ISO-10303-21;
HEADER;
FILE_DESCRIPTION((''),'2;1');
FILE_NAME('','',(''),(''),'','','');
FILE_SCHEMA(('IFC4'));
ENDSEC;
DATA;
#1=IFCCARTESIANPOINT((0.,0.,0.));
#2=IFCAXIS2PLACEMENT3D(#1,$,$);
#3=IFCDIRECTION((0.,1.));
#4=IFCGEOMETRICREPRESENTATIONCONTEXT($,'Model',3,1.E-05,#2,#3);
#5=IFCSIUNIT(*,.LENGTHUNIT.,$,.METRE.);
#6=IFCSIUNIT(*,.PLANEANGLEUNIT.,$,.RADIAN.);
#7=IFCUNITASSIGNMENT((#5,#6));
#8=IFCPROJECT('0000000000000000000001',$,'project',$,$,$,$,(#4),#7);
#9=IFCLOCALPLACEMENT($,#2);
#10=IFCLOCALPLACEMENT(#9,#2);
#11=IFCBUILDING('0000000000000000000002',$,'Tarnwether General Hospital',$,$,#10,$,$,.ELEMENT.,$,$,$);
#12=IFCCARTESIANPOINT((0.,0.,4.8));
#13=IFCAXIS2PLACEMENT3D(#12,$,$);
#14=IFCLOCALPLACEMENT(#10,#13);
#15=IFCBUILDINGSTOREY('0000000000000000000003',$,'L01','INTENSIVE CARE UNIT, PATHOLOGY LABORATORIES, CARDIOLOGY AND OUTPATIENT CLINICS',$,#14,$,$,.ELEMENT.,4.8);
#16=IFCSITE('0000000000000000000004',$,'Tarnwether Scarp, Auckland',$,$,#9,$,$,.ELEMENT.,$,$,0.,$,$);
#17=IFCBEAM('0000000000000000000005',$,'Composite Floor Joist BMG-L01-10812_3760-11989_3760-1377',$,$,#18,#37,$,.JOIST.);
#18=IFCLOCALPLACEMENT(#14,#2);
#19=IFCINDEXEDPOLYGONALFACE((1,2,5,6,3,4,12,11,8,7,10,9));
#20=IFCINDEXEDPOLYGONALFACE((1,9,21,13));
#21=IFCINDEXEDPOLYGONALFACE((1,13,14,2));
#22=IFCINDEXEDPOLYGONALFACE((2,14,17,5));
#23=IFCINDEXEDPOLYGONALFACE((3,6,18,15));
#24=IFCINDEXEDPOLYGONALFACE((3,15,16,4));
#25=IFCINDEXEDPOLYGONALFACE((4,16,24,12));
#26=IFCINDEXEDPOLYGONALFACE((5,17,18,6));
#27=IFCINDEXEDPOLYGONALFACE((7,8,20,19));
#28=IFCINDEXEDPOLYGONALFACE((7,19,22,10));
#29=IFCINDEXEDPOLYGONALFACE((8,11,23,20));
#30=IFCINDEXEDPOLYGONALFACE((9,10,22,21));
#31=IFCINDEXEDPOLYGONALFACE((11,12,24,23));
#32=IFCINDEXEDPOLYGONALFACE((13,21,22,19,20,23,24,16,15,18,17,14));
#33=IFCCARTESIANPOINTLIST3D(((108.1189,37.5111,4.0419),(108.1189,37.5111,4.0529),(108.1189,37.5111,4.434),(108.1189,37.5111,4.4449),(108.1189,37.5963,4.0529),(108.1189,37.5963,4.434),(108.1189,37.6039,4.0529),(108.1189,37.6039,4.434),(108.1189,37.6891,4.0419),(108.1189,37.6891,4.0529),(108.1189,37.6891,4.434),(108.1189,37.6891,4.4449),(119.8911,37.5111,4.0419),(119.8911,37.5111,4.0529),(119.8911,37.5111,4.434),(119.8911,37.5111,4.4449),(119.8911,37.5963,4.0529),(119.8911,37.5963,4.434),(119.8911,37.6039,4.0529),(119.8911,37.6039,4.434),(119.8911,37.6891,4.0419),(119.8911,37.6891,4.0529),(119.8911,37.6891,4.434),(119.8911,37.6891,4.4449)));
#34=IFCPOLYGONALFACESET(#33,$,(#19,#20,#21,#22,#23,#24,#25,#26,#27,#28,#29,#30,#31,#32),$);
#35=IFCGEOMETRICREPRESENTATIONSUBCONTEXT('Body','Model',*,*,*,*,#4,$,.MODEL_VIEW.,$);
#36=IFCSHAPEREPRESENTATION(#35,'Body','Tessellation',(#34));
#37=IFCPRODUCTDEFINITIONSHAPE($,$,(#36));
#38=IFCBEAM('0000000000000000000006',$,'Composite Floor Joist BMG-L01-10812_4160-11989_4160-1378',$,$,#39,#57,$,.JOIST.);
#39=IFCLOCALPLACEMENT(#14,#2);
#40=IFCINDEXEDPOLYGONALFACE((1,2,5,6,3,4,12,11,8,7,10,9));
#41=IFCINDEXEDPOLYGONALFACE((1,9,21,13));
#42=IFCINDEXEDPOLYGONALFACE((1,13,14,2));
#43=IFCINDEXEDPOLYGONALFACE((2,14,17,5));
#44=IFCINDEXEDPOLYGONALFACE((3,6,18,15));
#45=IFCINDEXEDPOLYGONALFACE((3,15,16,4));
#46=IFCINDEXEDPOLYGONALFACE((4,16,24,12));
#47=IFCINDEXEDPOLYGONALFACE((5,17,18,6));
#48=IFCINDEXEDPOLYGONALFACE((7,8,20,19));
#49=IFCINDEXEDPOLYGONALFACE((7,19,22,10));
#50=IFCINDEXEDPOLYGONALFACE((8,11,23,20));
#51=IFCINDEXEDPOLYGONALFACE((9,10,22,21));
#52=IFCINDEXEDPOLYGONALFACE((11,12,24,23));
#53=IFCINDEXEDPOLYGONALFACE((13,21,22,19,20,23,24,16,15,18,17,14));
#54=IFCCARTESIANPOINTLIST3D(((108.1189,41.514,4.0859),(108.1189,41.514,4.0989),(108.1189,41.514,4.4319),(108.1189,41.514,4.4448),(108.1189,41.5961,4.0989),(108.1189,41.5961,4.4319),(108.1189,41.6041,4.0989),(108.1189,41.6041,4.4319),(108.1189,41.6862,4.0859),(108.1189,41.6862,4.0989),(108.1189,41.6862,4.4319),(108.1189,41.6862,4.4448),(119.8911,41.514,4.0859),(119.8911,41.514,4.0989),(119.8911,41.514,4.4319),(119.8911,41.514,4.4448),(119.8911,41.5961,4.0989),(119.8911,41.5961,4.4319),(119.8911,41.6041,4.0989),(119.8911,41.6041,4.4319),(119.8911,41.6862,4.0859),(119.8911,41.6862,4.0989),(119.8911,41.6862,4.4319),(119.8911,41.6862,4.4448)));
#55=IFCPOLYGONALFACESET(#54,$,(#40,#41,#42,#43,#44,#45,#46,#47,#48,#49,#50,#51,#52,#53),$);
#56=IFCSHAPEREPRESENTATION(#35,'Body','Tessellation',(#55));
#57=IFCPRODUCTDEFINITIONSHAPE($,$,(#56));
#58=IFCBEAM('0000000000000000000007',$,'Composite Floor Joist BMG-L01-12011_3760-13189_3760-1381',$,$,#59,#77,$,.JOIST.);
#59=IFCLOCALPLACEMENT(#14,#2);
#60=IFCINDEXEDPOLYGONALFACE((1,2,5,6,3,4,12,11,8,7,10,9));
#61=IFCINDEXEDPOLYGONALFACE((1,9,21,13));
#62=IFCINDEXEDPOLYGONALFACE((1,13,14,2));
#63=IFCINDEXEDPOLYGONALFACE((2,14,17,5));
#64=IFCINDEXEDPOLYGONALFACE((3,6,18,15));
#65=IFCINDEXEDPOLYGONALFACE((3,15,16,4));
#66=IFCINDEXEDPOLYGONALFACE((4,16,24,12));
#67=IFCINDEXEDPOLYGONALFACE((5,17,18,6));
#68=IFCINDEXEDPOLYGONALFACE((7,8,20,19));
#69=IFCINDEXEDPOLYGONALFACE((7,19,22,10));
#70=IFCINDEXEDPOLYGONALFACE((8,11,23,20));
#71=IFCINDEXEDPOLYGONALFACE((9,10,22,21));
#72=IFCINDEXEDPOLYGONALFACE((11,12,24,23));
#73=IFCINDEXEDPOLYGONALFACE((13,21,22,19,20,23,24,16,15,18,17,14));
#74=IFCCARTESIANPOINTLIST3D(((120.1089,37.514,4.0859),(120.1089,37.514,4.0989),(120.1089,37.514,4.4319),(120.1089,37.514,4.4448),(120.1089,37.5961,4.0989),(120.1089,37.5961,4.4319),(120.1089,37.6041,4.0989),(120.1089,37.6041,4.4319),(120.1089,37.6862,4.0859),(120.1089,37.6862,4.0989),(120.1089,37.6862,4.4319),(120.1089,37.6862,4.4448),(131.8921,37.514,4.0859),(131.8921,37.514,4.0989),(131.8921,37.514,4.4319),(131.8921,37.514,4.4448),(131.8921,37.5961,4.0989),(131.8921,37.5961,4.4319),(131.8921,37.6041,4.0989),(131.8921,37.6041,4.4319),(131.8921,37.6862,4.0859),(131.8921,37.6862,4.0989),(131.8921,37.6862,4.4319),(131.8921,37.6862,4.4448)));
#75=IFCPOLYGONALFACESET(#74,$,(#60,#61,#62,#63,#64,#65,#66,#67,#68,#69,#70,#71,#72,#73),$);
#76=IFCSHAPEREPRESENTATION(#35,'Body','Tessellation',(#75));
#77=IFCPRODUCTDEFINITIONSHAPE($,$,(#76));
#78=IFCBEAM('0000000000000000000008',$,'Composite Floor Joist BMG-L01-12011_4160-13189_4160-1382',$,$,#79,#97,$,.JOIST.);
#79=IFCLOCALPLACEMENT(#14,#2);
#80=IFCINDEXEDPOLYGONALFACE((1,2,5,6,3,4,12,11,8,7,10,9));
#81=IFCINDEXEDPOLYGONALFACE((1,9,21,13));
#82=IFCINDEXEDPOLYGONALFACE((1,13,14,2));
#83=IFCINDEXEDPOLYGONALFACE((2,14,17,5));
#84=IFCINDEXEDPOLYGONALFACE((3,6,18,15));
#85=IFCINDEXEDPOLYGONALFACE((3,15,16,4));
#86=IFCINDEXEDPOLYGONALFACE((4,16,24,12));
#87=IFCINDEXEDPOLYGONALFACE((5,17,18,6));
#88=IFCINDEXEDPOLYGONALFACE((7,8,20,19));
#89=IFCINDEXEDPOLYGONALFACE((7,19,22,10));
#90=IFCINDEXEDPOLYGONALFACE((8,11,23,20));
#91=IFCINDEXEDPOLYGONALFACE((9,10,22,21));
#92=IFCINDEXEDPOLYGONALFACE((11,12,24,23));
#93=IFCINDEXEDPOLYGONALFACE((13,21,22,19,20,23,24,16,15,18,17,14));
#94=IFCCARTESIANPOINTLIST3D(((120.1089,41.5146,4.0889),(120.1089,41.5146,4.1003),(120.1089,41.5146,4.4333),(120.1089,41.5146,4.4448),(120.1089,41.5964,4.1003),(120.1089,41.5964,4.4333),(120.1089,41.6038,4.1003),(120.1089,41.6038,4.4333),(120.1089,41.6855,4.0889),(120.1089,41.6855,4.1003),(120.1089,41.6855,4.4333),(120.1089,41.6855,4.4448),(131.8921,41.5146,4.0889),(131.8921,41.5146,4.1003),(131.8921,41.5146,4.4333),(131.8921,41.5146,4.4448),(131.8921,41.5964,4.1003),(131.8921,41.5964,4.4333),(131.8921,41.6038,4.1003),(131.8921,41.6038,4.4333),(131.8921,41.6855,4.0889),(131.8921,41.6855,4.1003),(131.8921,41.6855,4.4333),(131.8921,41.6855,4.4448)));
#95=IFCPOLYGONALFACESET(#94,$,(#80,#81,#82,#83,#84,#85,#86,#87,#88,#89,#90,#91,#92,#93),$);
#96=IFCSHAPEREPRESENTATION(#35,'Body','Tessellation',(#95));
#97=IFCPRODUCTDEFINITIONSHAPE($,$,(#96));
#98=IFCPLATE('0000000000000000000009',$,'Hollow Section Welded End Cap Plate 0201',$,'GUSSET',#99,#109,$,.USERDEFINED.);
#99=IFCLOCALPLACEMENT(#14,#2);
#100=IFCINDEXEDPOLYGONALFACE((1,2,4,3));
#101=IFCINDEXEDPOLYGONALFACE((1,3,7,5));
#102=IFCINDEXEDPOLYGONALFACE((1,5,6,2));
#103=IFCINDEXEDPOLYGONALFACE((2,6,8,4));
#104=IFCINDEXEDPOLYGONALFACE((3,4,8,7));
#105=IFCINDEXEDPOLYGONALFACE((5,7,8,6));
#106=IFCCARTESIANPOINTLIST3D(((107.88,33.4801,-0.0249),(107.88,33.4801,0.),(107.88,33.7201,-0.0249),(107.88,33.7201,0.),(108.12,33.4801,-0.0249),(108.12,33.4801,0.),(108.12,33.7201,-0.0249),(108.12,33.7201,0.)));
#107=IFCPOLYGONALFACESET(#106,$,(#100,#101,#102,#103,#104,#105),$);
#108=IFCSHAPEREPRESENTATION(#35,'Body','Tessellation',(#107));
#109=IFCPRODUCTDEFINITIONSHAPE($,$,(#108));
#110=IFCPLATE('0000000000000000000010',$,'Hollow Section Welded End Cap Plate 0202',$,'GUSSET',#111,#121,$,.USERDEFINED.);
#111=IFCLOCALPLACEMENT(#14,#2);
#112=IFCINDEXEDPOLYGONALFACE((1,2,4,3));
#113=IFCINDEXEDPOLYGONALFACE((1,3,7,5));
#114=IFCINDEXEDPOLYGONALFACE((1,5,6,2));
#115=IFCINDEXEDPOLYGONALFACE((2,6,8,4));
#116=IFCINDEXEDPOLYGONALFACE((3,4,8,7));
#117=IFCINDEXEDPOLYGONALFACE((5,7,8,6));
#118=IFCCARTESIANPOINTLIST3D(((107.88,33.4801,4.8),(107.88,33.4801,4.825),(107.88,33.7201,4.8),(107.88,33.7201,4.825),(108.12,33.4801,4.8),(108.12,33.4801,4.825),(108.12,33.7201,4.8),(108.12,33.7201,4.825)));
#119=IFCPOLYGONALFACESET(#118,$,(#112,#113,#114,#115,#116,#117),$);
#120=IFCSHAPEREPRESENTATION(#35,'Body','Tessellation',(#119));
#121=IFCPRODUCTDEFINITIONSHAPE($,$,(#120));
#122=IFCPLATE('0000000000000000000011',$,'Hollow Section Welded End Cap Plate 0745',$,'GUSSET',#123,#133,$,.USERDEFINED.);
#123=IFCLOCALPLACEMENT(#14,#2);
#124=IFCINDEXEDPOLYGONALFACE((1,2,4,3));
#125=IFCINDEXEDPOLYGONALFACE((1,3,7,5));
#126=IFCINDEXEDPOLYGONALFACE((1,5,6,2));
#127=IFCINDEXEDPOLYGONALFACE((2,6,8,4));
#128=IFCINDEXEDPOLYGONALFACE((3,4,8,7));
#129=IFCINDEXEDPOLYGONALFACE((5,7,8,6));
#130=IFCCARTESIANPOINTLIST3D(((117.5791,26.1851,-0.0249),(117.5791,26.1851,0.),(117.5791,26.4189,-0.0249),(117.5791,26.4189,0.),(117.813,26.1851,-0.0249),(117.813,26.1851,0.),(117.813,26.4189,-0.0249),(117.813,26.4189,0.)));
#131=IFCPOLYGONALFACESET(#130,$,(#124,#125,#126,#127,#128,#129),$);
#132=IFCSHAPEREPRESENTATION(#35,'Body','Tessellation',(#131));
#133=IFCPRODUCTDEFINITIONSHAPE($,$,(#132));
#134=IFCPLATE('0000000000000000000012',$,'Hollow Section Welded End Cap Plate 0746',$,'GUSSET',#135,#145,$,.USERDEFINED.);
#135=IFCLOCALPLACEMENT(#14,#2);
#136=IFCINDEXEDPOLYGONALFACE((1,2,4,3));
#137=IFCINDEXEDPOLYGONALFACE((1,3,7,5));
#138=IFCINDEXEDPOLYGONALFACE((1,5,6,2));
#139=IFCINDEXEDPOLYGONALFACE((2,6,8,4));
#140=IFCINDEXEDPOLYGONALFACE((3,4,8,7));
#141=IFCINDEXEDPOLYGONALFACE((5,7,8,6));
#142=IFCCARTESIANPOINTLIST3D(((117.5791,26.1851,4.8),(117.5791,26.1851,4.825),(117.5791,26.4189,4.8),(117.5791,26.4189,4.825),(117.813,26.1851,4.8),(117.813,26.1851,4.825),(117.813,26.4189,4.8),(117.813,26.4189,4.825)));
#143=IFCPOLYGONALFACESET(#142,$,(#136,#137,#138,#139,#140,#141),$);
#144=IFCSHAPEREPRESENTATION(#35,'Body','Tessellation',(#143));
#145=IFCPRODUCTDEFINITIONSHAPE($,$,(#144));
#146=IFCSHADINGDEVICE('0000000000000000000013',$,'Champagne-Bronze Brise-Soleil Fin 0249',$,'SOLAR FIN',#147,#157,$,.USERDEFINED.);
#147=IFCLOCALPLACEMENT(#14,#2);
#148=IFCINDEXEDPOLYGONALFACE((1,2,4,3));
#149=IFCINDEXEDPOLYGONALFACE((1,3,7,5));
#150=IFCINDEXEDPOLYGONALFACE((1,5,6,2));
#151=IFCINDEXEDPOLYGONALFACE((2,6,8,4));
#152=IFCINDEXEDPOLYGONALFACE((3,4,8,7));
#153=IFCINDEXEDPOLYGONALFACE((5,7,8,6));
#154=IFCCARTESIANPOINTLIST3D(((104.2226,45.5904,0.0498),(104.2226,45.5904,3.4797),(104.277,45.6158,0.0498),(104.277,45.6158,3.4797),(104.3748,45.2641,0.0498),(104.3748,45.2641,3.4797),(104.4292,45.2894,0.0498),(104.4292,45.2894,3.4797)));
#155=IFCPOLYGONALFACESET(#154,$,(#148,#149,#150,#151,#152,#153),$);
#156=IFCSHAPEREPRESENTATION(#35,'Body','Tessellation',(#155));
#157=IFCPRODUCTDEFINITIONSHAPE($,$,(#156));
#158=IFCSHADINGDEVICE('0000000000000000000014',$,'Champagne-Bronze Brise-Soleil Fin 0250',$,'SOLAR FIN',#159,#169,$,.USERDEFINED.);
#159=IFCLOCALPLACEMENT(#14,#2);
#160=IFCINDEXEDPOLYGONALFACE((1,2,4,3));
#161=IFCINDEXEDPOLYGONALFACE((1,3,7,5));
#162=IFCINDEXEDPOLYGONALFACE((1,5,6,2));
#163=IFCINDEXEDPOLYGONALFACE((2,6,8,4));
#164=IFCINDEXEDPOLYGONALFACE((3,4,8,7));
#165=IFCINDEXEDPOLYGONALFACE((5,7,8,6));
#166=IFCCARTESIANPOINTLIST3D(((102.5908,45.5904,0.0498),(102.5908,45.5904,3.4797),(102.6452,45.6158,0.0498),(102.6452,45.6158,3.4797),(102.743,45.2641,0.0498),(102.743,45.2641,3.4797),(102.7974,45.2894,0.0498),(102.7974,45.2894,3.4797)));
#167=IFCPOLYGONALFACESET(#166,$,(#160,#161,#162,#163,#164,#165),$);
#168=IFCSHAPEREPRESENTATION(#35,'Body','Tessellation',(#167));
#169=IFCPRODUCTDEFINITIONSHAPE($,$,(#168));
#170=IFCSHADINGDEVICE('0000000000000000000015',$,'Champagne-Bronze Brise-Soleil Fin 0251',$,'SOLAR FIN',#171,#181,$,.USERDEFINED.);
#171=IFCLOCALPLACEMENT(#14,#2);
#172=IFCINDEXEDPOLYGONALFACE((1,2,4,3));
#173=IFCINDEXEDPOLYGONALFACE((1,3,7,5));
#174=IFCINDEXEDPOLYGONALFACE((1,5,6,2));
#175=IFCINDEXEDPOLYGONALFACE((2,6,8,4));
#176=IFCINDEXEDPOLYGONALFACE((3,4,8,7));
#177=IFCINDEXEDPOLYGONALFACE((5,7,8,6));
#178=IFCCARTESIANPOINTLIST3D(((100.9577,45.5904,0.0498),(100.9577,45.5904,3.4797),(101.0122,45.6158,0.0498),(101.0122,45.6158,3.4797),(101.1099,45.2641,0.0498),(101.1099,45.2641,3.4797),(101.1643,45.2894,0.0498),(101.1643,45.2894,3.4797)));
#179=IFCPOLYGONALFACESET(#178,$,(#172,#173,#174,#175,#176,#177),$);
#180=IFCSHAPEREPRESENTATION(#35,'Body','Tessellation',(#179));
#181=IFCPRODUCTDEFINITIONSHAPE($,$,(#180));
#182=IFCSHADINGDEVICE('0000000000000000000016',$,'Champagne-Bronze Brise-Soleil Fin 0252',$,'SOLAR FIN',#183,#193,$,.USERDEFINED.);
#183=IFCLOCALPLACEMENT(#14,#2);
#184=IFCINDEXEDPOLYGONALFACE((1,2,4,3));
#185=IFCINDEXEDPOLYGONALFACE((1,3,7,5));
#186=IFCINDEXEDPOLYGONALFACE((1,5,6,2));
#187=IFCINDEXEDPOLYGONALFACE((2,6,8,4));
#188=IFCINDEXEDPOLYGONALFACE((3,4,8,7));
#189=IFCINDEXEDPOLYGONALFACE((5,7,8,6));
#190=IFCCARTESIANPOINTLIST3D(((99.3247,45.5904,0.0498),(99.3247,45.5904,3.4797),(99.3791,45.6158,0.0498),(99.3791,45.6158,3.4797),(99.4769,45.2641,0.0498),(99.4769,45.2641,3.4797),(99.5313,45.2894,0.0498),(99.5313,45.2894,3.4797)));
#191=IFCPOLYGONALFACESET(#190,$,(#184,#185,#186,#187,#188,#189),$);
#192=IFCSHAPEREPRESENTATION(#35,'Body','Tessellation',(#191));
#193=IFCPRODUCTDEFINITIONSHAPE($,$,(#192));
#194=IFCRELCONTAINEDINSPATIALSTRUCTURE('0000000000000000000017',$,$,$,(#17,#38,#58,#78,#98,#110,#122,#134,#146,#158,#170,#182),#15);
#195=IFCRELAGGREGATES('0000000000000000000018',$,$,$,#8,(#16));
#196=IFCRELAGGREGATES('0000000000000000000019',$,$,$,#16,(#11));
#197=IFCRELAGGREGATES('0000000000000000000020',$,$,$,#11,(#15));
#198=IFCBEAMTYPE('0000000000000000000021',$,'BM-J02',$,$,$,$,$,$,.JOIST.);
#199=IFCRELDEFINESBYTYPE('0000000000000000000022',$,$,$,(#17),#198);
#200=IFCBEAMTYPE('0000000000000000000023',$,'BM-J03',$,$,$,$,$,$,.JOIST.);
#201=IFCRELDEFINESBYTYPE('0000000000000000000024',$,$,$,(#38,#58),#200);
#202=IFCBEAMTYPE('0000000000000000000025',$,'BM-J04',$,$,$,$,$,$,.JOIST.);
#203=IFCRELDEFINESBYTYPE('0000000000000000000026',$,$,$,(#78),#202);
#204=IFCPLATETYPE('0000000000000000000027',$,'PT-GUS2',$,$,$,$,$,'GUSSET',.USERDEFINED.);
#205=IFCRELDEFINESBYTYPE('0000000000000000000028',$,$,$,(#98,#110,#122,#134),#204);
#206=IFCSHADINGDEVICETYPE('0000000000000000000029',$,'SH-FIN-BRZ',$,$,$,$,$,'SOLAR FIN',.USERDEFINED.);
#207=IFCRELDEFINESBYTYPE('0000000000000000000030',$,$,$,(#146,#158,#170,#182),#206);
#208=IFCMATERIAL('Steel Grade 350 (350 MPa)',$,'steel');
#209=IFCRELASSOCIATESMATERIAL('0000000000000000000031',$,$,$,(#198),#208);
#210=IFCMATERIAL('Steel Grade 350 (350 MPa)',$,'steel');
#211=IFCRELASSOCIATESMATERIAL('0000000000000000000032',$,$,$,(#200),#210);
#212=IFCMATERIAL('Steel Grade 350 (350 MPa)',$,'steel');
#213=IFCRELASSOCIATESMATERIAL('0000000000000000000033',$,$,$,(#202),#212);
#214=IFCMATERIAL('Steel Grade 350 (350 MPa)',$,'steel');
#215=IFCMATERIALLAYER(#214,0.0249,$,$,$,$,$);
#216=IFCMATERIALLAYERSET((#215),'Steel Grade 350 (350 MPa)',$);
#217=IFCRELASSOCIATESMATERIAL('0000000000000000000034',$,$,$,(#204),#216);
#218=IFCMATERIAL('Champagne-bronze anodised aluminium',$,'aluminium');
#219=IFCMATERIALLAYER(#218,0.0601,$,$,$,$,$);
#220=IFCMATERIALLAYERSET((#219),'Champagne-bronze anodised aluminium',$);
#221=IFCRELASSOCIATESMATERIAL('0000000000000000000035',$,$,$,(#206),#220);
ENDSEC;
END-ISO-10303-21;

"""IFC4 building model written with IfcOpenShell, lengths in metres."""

from ifc_helpers import new_model, si_unit, direction, frame, origin, origin_2d, place, context, subcontext, project, spatial, rectangle, i_section, extrude, material, layer, layer_set, material_profile, profile_set, type_object, element, save


model = new_model("IFC4")

# Units and contexts
model_context = context("Model", 3, precision=1e-05, world=origin(), true_north=direction((0.0, 1.0)))
body_context = subcontext(model_context, "Body", "Model", "MODEL_VIEW")
ifc_project = project(units=[si_unit("LENGTHUNIT", "METRE"), si_unit("PLANEANGLEUNIT", "RADIAN")], contexts=[model_context])

# Site, building, storey
site_placement = place(None, origin())
site = spatial("IfcSite", under=ifc_project, at=site_placement, Name="Tarnwether Scarp, Auckland", CompositionType="ELEMENT", RefElevation=0.0)
building_placement = place(site_placement, origin())
building = spatial("IfcBuilding", under=site, at=building_placement, Name="Tarnwether General Hospital", CompositionType="ELEMENT")
storey_placement = place(building_placement, frame((0.0, 0.0, 4.8)))
storey = spatial("IfcBuildingStorey", under=building, at=storey_placement, Name="L01", Description="INTENSIVE CARE UNIT, PATHOLOGY LABORATORIES, CARDIOLOGY AND OUTPATIENT CLINICS", CompositionType="ELEMENT", Elevation=4.8)

# Beams
ifc_material_1 = material(Name="Steel Grade 350 (350 MPa)", Category="steel")
ifc_material_profile_1 = material_profile(ifc_material_1, i_section(OverallWidth=0.178, OverallDepth=0.4031, WebThickness=0.0076, FlangeThickness=0.011, at=origin_2d()), Name="410UB53.7")
ifc_profile_set_1 = profile_set([ifc_material_profile_1], Name="Steel Grade 350 (350 MPa)")
beam_type_1 = type_object("IfcBeamType", Name="BM-J02", PredefinedType="JOIST", material=ifc_profile_set_1)
beam_1_placement = place(storey_placement, frame((108.1189, 37.6001, 4.2434), z_axis=(1.0, 0.0, 0.0), x_axis=(0.0, 1.0, 0.0)))
element("IfcBeam", 1, at=beam_1_placement, inside=storey, type_object=beam_type_1, Name="Composite Floor Joist BMG-L01-10812_3760-11989_3760-1377", PredefinedType="JOIST", context=body_context, shape_type="SweptSolid", body=[
    extrude(i_section(OverallWidth=0.178, OverallDepth=0.4031, WebThickness=0.0076, FlangeThickness=0.011, at=origin_2d()), origin(), (0.0, 0.0, 1.0), 11.7722),
])
ifc_material_2 = material(Name="Steel Grade 350 (350 MPa)", Category="steel")
ifc_material_profile_2 = material_profile(ifc_material_2, i_section(OverallWidth=0.1721, OverallDepth=0.3589, WebThickness=0.0081, FlangeThickness=0.0129, at=origin_2d()), Name="360UB56.7")
ifc_profile_set_2 = profile_set([ifc_material_profile_2], Name="Steel Grade 350 (350 MPa)")
beam_type_2 = type_object("IfcBeamType", Name="BM-J03", PredefinedType="JOIST", material=ifc_profile_set_2)
beam_2_placement = place(storey_placement, frame((108.1189, 41.6001, 4.2654), z_axis=(1.0, 0.0, 0.0), x_axis=(0.0, 1.0, 0.0)))
element("IfcBeam", 2, at=beam_2_placement, inside=storey, type_object=beam_type_2, Name="Composite Floor Joist BMG-L01-10812_4160-11989_4160-1378", PredefinedType="JOIST", context=body_context, shape_type="SweptSolid", body=[
    extrude(i_section(OverallWidth=0.1721, OverallDepth=0.3589, WebThickness=0.0081, FlangeThickness=0.0129, at=origin_2d()), origin(), (0.0, 0.0, 1.0), 11.7722),
])
beam_3_placement = place(storey_placement, frame((120.1089, 37.6001, 4.2654), z_axis=(1.0, 0.0, 0.0), x_axis=(0.0, 1.0, 0.0)))
element("IfcBeam", 3, at=beam_3_placement, inside=storey, type_object=beam_type_2, Name="Composite Floor Joist BMG-L01-12011_3760-13189_3760-1381", PredefinedType="JOIST", context=body_context, shape_type="SweptSolid", body=[
    extrude(i_section(OverallWidth=0.1721, OverallDepth=0.3589, WebThickness=0.0081, FlangeThickness=0.0129, at=origin_2d()), origin(), (0.0, 0.0, 1.0), 11.7832),
])
ifc_material_3 = material(Name="Steel Grade 350 (350 MPa)", Category="steel")
ifc_material_profile_3 = material_profile(ifc_material_3, i_section(OverallWidth=0.1709, OverallDepth=0.356, WebThickness=0.0073, FlangeThickness=0.0115, at=origin_2d()), Name="360UB50.7")
ifc_profile_set_3 = profile_set([ifc_material_profile_3], Name="Steel Grade 350 (350 MPa)")
beam_type_3 = type_object("IfcBeamType", Name="BM-J04", PredefinedType="JOIST", material=ifc_profile_set_3)
beam_4_placement = place(storey_placement, frame((120.1089, 41.6001, 4.2668), z_axis=(1.0, 0.0, 0.0), x_axis=(0.0, 1.0, 0.0)))
element("IfcBeam", 4, at=beam_4_placement, inside=storey, type_object=beam_type_3, Name="Composite Floor Joist BMG-L01-12011_4160-13189_4160-1382", PredefinedType="JOIST", context=body_context, shape_type="SweptSolid", body=[
    extrude(i_section(OverallWidth=0.1709, OverallDepth=0.356, WebThickness=0.0073, FlangeThickness=0.0115, at=origin_2d()), origin(), (0.0, 0.0, 1.0), 11.7832),
])

# Plates
ifc_material_4 = material(Name="Steel Grade 350 (350 MPa)", Category="steel")
ifc_layer_1 = layer(ifc_material_4, 0.0249)
ifc_layer_set_1 = layer_set([ifc_layer_1], Name="Steel Grade 350 (350 MPa)")
plate_type = type_object("IfcPlateType", Name="PT-GUS2", ElementType="GUSSET", PredefinedType="USERDEFINED", material=ifc_layer_set_1)
for number, where, z_axis, x_axis, name in (
    (5, (108.0, 33.6001, -0.0249), (0.0, 0.0, 1.0), (1.0, 0.0, 0.0), "Hollow Section Welded End Cap Plate 0201"),
    (6, (108.0, 33.6001, 4.8), (0.0, 0.0, 1.0), (1.0, 0.0, 0.0), "Hollow Section Welded End Cap Plate 0202"),
):
    element("IfcPlate", number, at=place(storey_placement, frame(where, z_axis=z_axis, x_axis=x_axis)), inside=storey, type_object=plate_type, Name=name, ObjectType="GUSSET", PredefinedType="USERDEFINED", context=body_context, shape_type="SweptSolid", body=[
        extrude(rectangle(XDim=0.24, YDim=0.24, at=origin_2d()), origin(), (0.0, 0.0, 1.0), 0.0249),
    ])
for number, where, z_axis, x_axis, name in (
    (7, (117.696, 26.302, -0.0249), (0.0, 0.0, 1.0), (1.0, 0.0, 0.0), "Hollow Section Welded End Cap Plate 0745"),
    (8, (117.696, 26.302, 4.8), (0.0, 0.0, 1.0), (1.0, 0.0, 0.0), "Hollow Section Welded End Cap Plate 0746"),
):
    element("IfcPlate", number, at=place(storey_placement, frame(where, z_axis=z_axis, x_axis=x_axis)), inside=storey, type_object=plate_type, Name=name, ObjectType="GUSSET", PredefinedType="USERDEFINED", context=body_context, shape_type="SweptSolid", body=[
        extrude(rectangle(XDim=0.2339, YDim=0.2339, at=origin_2d()), origin(), (0.0, 0.0, 1.0), 0.0249),
    ])

# Shading devices
ifc_material_5 = material(Name="Champagne-bronze anodised aluminium", Category="aluminium")
ifc_layer_2 = layer(ifc_material_5, 0.0601)
ifc_layer_set_2 = layer_set([ifc_layer_2], Name="Champagne-bronze anodised aluminium")
shading_device_type = type_object("IfcShadingDeviceType", Name="SH-FIN-BRZ", ElementType="SOLAR FIN", PredefinedType="USERDEFINED", material=ifc_layer_set_2)
for number, where, z_axis, x_axis, name in (
    (9, (104.3259, 45.4399, 0.0498), (0.0, 0.0, 1.0), (-0.906308, -0.422618, 0.0), "Champagne-Bronze Brise-Soleil Fin 0249"),
    (10, (102.6941, 45.4399, 0.0498), (0.0, 0.0, 1.0), (-0.906308, -0.422618, 0.0), "Champagne-Bronze Brise-Soleil Fin 0250"),
    (11, (101.061, 45.4399, 0.0498), (0.0, 0.0, 1.0), (-0.906308, -0.422618, 0.0), "Champagne-Bronze Brise-Soleil Fin 0251"),
    (12, (99.428, 45.4399, 0.0498), (0.0, 0.0, 1.0), (-0.906308, -0.422618, 0.0), "Champagne-Bronze Brise-Soleil Fin 0252"),
):
    element("IfcShadingDevice", number, at=place(storey_placement, frame(where, z_axis=z_axis, x_axis=x_axis)), inside=storey, type_object=shading_device_type, Name=name, ObjectType="SOLAR FIN", PredefinedType="USERDEFINED", context=body_context, shape_type="SweptSolid", body=[
        extrude(rectangle(XDim=0.0601, YDim=0.3601, at=origin_2d()), origin(), (0.0, 0.0, 1.0), 3.4299),
    ])

save(model, "model.ifc")
